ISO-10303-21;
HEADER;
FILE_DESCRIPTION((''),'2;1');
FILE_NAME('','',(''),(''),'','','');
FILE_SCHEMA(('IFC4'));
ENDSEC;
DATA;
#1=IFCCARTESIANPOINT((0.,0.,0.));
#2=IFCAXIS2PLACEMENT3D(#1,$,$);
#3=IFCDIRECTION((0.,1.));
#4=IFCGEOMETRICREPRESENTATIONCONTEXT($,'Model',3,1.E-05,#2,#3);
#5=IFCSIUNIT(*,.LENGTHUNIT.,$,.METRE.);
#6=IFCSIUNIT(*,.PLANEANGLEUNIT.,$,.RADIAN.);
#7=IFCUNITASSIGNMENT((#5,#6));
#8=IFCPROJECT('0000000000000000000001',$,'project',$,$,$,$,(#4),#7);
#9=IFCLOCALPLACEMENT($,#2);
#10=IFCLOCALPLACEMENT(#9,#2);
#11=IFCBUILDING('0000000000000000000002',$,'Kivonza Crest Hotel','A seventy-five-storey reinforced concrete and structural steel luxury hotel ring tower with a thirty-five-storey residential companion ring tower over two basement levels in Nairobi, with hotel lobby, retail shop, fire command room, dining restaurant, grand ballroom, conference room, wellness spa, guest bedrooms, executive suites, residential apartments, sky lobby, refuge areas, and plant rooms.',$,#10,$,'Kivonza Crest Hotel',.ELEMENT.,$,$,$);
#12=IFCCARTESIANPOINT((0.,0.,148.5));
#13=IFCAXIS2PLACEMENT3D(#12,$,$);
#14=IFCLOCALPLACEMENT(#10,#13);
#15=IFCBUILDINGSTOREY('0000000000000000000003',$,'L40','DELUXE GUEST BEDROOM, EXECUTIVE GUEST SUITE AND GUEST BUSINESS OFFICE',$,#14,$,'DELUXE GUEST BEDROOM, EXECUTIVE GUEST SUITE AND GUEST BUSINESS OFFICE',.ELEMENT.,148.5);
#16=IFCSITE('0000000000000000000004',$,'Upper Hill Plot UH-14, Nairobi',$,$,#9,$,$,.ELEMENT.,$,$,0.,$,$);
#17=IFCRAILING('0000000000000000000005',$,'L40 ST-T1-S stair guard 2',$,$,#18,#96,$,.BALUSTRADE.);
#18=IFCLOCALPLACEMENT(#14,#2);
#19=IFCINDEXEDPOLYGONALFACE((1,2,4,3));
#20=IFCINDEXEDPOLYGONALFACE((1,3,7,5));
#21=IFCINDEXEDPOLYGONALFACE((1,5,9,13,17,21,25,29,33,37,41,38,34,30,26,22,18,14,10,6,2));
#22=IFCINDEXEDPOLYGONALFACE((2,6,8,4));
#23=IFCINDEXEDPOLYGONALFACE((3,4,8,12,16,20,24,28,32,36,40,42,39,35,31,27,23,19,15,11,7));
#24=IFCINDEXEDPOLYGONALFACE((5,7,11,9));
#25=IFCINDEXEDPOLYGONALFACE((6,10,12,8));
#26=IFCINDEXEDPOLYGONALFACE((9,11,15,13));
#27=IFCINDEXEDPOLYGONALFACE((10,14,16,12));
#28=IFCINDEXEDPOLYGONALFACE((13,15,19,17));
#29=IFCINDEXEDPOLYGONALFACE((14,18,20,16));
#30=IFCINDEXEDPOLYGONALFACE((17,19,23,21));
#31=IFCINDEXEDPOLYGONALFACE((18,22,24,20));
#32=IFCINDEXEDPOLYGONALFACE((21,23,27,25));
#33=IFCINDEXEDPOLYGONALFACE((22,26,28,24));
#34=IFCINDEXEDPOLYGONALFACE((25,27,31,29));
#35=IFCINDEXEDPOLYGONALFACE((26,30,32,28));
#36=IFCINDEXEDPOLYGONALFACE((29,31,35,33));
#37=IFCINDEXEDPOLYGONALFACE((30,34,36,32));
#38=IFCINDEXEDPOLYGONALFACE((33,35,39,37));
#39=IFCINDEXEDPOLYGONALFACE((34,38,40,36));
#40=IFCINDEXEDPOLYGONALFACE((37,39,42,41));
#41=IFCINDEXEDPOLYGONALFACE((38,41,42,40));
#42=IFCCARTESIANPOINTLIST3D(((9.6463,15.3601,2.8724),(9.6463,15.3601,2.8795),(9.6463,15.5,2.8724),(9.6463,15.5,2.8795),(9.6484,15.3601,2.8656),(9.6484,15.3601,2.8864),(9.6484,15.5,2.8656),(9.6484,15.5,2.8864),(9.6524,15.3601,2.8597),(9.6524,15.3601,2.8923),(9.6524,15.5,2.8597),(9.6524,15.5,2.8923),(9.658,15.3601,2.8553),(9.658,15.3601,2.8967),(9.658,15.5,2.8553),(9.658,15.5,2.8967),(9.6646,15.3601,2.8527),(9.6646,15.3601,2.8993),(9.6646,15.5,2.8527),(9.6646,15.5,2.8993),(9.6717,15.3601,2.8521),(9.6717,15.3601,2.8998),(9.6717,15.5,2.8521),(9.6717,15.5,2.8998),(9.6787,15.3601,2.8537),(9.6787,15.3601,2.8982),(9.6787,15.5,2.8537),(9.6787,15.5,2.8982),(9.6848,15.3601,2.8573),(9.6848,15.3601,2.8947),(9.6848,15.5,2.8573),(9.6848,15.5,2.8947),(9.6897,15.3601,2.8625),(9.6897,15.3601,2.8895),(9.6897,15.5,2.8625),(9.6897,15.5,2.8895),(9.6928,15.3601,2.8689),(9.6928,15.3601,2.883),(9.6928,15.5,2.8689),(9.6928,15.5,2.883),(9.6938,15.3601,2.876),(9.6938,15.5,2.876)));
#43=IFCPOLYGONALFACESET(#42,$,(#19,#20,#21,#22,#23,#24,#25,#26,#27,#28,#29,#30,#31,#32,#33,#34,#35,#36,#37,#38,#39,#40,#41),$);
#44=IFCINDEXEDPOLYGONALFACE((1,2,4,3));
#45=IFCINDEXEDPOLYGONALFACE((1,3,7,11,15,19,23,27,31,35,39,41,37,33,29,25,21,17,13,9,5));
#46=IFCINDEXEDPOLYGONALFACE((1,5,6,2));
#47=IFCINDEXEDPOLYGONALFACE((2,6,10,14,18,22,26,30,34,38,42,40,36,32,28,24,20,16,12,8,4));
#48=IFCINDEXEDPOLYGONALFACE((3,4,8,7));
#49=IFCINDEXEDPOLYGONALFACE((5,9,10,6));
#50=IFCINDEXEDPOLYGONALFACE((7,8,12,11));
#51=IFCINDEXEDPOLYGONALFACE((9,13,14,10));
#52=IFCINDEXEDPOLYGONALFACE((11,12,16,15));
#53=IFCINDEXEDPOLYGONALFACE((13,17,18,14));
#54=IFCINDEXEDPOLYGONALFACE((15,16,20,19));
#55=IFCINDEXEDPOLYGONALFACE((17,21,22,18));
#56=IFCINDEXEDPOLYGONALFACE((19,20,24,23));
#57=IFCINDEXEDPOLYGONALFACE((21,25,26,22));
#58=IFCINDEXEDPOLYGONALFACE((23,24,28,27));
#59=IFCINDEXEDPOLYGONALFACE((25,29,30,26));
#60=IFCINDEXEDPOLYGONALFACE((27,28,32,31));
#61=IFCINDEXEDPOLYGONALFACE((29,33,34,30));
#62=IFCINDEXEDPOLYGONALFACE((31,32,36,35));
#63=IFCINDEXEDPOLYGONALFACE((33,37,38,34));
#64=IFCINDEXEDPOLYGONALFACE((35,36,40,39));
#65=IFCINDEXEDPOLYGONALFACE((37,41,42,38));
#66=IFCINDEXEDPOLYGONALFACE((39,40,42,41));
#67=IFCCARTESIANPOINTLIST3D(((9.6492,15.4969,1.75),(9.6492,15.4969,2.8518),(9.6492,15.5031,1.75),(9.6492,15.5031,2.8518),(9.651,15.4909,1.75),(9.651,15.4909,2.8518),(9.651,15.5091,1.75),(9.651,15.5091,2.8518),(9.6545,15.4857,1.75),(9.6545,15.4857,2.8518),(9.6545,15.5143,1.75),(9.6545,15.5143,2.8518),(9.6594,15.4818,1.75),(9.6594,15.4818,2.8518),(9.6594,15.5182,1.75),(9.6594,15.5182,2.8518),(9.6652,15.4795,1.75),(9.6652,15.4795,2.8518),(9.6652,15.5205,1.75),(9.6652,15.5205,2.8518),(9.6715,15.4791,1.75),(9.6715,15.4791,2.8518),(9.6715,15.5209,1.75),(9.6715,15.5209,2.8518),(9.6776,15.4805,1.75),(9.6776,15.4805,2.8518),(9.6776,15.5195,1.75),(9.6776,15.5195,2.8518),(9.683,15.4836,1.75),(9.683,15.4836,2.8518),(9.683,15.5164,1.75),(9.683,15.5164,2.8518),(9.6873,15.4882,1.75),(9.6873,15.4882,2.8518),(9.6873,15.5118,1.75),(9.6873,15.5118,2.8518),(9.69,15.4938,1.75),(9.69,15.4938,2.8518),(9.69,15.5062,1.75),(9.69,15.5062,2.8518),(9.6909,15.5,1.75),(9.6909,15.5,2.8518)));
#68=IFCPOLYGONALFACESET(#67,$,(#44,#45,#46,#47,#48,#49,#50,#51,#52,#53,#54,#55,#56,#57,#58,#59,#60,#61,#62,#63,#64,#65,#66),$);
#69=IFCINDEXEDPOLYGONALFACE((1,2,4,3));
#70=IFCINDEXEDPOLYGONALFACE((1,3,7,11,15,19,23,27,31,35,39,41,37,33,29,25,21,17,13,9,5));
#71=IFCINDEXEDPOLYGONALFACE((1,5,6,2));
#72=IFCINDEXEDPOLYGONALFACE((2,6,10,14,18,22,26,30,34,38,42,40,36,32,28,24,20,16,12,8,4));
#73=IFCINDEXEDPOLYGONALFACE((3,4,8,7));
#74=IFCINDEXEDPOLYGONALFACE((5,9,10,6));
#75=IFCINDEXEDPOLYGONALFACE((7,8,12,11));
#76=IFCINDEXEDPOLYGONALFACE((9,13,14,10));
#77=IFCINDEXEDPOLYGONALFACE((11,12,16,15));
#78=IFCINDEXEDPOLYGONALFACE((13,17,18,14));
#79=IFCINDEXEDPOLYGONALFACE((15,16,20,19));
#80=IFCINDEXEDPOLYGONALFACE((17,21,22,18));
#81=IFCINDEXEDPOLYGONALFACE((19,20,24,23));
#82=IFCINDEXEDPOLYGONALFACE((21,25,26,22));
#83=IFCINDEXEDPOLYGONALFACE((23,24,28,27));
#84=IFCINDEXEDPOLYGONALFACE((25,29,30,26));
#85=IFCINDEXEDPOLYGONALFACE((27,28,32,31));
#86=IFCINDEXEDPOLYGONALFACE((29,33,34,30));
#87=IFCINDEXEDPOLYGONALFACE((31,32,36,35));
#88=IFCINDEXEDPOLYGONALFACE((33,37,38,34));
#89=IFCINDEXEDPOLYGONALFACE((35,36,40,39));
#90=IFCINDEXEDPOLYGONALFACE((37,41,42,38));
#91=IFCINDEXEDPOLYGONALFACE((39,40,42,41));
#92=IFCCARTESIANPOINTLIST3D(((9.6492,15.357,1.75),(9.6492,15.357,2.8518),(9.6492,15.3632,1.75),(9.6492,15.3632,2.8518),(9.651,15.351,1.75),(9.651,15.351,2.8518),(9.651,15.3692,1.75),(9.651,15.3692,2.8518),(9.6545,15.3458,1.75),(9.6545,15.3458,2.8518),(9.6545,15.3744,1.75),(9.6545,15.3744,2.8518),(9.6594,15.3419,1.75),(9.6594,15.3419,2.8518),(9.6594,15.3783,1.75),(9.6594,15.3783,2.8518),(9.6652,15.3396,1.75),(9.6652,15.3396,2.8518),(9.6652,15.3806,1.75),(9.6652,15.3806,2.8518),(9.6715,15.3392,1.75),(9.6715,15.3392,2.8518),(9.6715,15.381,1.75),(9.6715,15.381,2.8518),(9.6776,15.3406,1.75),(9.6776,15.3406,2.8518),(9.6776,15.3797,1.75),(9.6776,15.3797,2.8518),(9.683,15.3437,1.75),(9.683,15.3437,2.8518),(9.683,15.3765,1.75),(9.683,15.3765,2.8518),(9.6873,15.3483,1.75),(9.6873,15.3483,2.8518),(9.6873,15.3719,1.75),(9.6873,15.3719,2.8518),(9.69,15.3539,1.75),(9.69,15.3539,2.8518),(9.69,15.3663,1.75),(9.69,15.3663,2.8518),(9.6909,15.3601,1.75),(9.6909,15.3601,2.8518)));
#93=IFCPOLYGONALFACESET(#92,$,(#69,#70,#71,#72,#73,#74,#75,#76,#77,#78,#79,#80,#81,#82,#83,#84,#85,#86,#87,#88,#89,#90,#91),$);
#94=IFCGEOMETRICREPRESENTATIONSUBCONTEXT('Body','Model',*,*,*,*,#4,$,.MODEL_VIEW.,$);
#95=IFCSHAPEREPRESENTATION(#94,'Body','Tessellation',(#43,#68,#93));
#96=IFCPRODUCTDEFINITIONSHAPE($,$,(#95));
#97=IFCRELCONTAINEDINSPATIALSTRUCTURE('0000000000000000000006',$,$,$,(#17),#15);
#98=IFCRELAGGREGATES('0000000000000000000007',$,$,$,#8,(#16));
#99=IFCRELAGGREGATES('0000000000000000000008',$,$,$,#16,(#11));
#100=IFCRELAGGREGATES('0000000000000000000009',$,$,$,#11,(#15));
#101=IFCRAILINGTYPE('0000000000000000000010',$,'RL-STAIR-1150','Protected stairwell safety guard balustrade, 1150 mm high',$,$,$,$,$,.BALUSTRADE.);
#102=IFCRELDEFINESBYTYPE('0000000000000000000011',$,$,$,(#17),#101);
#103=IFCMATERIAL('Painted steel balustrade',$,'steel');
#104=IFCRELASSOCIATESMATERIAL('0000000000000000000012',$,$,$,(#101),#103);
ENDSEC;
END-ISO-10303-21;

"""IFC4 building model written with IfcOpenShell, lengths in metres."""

from ifc_helpers import new_model, si_unit, direction, frame, origin, origin_2d, place, context, subcontext, project, spatial, circle, extrude, material, type_object, element, save


model = new_model("IFC4")

# Units and contexts
model_context = context("Model", 3, precision=1e-05, world=origin(), true_north=direction((0.0, 1.0)))
body_context = subcontext(model_context, "Body", "Model", "MODEL_VIEW")
ifc_project = project(units=[si_unit("LENGTHUNIT", "METRE"), si_unit("PLANEANGLEUNIT", "RADIAN")], contexts=[model_context])

# Site, building, storey
site_placement = place(None, origin())
site = spatial("IfcSite", under=ifc_project, at=site_placement, Name="Upper Hill Plot UH-14, Nairobi", CompositionType="ELEMENT", RefElevation=0.0)
building_placement = place(site_placement, origin())
building = spatial("IfcBuilding", under=site, at=building_placement, Name="Kivonza Crest Hotel", Description="A seventy-five-storey reinforced concrete and structural steel luxury hotel ring tower with a thirty-five-storey residential companion ring tower over two basement levels in Nairobi, with hotel lobby, retail shop, fire command room, dining restaurant, grand ballroom, conference room, wellness spa, guest bedrooms, executive suites, residential apartments, sky lobby, refuge areas, and plant rooms.", LongName="Kivonza Crest Hotel", CompositionType="ELEMENT")
storey_placement = place(building_placement, frame((0.0, 0.0, 148.5)))
storey = spatial("IfcBuildingStorey", under=building, at=storey_placement, Name="L40", Description="DELUXE GUEST BEDROOM, EXECUTIVE GUEST SUITE AND GUEST BUSINESS OFFICE", LongName="DELUXE GUEST BEDROOM, EXECUTIVE GUEST SUITE AND GUEST BUSINESS OFFICE", CompositionType="ELEMENT", Elevation=148.5)

# Railing
ifc_material_1 = material(Name="Painted steel balustrade", Category="steel")
railing_type_1 = type_object("IfcRailingType", Name="RL-STAIR-1150", Description="Protected stairwell safety guard balustrade, 1150 mm high", PredefinedType="BALUSTRADE", material=ifc_material_1)
railing_1_placement = place(storey_placement, frame((9.6699, 15.5, 1.75)))
element("IfcRailing", 1, at=railing_1_placement, inside=storey, type_object=railing_type_1, Name="L40 ST-T1-S stair guard 2", PredefinedType="BALUSTRADE", context=body_context, shape_type="SweptSolid", body=[
    extrude(circle(Radius=0.0239, at=origin_2d()), frame((0.0, 0.0, 1.126), z_axis=(0.0, -1.0, 0.0), x_axis=(1.0, 0.0, 0.0)), (0.0, 0.0, 1.0), 0.1399),
    extrude(circle(Radius=0.021, at=origin_2d()), origin(), (0.0, 0.0, 1.0), 1.1018),
    extrude(circle(Radius=0.021, at=origin_2d()), frame((0.0, -0.1399, 0.0)), (0.0, 0.0, 1.0), 1.1018),
])

save(model, "model.ifc")
